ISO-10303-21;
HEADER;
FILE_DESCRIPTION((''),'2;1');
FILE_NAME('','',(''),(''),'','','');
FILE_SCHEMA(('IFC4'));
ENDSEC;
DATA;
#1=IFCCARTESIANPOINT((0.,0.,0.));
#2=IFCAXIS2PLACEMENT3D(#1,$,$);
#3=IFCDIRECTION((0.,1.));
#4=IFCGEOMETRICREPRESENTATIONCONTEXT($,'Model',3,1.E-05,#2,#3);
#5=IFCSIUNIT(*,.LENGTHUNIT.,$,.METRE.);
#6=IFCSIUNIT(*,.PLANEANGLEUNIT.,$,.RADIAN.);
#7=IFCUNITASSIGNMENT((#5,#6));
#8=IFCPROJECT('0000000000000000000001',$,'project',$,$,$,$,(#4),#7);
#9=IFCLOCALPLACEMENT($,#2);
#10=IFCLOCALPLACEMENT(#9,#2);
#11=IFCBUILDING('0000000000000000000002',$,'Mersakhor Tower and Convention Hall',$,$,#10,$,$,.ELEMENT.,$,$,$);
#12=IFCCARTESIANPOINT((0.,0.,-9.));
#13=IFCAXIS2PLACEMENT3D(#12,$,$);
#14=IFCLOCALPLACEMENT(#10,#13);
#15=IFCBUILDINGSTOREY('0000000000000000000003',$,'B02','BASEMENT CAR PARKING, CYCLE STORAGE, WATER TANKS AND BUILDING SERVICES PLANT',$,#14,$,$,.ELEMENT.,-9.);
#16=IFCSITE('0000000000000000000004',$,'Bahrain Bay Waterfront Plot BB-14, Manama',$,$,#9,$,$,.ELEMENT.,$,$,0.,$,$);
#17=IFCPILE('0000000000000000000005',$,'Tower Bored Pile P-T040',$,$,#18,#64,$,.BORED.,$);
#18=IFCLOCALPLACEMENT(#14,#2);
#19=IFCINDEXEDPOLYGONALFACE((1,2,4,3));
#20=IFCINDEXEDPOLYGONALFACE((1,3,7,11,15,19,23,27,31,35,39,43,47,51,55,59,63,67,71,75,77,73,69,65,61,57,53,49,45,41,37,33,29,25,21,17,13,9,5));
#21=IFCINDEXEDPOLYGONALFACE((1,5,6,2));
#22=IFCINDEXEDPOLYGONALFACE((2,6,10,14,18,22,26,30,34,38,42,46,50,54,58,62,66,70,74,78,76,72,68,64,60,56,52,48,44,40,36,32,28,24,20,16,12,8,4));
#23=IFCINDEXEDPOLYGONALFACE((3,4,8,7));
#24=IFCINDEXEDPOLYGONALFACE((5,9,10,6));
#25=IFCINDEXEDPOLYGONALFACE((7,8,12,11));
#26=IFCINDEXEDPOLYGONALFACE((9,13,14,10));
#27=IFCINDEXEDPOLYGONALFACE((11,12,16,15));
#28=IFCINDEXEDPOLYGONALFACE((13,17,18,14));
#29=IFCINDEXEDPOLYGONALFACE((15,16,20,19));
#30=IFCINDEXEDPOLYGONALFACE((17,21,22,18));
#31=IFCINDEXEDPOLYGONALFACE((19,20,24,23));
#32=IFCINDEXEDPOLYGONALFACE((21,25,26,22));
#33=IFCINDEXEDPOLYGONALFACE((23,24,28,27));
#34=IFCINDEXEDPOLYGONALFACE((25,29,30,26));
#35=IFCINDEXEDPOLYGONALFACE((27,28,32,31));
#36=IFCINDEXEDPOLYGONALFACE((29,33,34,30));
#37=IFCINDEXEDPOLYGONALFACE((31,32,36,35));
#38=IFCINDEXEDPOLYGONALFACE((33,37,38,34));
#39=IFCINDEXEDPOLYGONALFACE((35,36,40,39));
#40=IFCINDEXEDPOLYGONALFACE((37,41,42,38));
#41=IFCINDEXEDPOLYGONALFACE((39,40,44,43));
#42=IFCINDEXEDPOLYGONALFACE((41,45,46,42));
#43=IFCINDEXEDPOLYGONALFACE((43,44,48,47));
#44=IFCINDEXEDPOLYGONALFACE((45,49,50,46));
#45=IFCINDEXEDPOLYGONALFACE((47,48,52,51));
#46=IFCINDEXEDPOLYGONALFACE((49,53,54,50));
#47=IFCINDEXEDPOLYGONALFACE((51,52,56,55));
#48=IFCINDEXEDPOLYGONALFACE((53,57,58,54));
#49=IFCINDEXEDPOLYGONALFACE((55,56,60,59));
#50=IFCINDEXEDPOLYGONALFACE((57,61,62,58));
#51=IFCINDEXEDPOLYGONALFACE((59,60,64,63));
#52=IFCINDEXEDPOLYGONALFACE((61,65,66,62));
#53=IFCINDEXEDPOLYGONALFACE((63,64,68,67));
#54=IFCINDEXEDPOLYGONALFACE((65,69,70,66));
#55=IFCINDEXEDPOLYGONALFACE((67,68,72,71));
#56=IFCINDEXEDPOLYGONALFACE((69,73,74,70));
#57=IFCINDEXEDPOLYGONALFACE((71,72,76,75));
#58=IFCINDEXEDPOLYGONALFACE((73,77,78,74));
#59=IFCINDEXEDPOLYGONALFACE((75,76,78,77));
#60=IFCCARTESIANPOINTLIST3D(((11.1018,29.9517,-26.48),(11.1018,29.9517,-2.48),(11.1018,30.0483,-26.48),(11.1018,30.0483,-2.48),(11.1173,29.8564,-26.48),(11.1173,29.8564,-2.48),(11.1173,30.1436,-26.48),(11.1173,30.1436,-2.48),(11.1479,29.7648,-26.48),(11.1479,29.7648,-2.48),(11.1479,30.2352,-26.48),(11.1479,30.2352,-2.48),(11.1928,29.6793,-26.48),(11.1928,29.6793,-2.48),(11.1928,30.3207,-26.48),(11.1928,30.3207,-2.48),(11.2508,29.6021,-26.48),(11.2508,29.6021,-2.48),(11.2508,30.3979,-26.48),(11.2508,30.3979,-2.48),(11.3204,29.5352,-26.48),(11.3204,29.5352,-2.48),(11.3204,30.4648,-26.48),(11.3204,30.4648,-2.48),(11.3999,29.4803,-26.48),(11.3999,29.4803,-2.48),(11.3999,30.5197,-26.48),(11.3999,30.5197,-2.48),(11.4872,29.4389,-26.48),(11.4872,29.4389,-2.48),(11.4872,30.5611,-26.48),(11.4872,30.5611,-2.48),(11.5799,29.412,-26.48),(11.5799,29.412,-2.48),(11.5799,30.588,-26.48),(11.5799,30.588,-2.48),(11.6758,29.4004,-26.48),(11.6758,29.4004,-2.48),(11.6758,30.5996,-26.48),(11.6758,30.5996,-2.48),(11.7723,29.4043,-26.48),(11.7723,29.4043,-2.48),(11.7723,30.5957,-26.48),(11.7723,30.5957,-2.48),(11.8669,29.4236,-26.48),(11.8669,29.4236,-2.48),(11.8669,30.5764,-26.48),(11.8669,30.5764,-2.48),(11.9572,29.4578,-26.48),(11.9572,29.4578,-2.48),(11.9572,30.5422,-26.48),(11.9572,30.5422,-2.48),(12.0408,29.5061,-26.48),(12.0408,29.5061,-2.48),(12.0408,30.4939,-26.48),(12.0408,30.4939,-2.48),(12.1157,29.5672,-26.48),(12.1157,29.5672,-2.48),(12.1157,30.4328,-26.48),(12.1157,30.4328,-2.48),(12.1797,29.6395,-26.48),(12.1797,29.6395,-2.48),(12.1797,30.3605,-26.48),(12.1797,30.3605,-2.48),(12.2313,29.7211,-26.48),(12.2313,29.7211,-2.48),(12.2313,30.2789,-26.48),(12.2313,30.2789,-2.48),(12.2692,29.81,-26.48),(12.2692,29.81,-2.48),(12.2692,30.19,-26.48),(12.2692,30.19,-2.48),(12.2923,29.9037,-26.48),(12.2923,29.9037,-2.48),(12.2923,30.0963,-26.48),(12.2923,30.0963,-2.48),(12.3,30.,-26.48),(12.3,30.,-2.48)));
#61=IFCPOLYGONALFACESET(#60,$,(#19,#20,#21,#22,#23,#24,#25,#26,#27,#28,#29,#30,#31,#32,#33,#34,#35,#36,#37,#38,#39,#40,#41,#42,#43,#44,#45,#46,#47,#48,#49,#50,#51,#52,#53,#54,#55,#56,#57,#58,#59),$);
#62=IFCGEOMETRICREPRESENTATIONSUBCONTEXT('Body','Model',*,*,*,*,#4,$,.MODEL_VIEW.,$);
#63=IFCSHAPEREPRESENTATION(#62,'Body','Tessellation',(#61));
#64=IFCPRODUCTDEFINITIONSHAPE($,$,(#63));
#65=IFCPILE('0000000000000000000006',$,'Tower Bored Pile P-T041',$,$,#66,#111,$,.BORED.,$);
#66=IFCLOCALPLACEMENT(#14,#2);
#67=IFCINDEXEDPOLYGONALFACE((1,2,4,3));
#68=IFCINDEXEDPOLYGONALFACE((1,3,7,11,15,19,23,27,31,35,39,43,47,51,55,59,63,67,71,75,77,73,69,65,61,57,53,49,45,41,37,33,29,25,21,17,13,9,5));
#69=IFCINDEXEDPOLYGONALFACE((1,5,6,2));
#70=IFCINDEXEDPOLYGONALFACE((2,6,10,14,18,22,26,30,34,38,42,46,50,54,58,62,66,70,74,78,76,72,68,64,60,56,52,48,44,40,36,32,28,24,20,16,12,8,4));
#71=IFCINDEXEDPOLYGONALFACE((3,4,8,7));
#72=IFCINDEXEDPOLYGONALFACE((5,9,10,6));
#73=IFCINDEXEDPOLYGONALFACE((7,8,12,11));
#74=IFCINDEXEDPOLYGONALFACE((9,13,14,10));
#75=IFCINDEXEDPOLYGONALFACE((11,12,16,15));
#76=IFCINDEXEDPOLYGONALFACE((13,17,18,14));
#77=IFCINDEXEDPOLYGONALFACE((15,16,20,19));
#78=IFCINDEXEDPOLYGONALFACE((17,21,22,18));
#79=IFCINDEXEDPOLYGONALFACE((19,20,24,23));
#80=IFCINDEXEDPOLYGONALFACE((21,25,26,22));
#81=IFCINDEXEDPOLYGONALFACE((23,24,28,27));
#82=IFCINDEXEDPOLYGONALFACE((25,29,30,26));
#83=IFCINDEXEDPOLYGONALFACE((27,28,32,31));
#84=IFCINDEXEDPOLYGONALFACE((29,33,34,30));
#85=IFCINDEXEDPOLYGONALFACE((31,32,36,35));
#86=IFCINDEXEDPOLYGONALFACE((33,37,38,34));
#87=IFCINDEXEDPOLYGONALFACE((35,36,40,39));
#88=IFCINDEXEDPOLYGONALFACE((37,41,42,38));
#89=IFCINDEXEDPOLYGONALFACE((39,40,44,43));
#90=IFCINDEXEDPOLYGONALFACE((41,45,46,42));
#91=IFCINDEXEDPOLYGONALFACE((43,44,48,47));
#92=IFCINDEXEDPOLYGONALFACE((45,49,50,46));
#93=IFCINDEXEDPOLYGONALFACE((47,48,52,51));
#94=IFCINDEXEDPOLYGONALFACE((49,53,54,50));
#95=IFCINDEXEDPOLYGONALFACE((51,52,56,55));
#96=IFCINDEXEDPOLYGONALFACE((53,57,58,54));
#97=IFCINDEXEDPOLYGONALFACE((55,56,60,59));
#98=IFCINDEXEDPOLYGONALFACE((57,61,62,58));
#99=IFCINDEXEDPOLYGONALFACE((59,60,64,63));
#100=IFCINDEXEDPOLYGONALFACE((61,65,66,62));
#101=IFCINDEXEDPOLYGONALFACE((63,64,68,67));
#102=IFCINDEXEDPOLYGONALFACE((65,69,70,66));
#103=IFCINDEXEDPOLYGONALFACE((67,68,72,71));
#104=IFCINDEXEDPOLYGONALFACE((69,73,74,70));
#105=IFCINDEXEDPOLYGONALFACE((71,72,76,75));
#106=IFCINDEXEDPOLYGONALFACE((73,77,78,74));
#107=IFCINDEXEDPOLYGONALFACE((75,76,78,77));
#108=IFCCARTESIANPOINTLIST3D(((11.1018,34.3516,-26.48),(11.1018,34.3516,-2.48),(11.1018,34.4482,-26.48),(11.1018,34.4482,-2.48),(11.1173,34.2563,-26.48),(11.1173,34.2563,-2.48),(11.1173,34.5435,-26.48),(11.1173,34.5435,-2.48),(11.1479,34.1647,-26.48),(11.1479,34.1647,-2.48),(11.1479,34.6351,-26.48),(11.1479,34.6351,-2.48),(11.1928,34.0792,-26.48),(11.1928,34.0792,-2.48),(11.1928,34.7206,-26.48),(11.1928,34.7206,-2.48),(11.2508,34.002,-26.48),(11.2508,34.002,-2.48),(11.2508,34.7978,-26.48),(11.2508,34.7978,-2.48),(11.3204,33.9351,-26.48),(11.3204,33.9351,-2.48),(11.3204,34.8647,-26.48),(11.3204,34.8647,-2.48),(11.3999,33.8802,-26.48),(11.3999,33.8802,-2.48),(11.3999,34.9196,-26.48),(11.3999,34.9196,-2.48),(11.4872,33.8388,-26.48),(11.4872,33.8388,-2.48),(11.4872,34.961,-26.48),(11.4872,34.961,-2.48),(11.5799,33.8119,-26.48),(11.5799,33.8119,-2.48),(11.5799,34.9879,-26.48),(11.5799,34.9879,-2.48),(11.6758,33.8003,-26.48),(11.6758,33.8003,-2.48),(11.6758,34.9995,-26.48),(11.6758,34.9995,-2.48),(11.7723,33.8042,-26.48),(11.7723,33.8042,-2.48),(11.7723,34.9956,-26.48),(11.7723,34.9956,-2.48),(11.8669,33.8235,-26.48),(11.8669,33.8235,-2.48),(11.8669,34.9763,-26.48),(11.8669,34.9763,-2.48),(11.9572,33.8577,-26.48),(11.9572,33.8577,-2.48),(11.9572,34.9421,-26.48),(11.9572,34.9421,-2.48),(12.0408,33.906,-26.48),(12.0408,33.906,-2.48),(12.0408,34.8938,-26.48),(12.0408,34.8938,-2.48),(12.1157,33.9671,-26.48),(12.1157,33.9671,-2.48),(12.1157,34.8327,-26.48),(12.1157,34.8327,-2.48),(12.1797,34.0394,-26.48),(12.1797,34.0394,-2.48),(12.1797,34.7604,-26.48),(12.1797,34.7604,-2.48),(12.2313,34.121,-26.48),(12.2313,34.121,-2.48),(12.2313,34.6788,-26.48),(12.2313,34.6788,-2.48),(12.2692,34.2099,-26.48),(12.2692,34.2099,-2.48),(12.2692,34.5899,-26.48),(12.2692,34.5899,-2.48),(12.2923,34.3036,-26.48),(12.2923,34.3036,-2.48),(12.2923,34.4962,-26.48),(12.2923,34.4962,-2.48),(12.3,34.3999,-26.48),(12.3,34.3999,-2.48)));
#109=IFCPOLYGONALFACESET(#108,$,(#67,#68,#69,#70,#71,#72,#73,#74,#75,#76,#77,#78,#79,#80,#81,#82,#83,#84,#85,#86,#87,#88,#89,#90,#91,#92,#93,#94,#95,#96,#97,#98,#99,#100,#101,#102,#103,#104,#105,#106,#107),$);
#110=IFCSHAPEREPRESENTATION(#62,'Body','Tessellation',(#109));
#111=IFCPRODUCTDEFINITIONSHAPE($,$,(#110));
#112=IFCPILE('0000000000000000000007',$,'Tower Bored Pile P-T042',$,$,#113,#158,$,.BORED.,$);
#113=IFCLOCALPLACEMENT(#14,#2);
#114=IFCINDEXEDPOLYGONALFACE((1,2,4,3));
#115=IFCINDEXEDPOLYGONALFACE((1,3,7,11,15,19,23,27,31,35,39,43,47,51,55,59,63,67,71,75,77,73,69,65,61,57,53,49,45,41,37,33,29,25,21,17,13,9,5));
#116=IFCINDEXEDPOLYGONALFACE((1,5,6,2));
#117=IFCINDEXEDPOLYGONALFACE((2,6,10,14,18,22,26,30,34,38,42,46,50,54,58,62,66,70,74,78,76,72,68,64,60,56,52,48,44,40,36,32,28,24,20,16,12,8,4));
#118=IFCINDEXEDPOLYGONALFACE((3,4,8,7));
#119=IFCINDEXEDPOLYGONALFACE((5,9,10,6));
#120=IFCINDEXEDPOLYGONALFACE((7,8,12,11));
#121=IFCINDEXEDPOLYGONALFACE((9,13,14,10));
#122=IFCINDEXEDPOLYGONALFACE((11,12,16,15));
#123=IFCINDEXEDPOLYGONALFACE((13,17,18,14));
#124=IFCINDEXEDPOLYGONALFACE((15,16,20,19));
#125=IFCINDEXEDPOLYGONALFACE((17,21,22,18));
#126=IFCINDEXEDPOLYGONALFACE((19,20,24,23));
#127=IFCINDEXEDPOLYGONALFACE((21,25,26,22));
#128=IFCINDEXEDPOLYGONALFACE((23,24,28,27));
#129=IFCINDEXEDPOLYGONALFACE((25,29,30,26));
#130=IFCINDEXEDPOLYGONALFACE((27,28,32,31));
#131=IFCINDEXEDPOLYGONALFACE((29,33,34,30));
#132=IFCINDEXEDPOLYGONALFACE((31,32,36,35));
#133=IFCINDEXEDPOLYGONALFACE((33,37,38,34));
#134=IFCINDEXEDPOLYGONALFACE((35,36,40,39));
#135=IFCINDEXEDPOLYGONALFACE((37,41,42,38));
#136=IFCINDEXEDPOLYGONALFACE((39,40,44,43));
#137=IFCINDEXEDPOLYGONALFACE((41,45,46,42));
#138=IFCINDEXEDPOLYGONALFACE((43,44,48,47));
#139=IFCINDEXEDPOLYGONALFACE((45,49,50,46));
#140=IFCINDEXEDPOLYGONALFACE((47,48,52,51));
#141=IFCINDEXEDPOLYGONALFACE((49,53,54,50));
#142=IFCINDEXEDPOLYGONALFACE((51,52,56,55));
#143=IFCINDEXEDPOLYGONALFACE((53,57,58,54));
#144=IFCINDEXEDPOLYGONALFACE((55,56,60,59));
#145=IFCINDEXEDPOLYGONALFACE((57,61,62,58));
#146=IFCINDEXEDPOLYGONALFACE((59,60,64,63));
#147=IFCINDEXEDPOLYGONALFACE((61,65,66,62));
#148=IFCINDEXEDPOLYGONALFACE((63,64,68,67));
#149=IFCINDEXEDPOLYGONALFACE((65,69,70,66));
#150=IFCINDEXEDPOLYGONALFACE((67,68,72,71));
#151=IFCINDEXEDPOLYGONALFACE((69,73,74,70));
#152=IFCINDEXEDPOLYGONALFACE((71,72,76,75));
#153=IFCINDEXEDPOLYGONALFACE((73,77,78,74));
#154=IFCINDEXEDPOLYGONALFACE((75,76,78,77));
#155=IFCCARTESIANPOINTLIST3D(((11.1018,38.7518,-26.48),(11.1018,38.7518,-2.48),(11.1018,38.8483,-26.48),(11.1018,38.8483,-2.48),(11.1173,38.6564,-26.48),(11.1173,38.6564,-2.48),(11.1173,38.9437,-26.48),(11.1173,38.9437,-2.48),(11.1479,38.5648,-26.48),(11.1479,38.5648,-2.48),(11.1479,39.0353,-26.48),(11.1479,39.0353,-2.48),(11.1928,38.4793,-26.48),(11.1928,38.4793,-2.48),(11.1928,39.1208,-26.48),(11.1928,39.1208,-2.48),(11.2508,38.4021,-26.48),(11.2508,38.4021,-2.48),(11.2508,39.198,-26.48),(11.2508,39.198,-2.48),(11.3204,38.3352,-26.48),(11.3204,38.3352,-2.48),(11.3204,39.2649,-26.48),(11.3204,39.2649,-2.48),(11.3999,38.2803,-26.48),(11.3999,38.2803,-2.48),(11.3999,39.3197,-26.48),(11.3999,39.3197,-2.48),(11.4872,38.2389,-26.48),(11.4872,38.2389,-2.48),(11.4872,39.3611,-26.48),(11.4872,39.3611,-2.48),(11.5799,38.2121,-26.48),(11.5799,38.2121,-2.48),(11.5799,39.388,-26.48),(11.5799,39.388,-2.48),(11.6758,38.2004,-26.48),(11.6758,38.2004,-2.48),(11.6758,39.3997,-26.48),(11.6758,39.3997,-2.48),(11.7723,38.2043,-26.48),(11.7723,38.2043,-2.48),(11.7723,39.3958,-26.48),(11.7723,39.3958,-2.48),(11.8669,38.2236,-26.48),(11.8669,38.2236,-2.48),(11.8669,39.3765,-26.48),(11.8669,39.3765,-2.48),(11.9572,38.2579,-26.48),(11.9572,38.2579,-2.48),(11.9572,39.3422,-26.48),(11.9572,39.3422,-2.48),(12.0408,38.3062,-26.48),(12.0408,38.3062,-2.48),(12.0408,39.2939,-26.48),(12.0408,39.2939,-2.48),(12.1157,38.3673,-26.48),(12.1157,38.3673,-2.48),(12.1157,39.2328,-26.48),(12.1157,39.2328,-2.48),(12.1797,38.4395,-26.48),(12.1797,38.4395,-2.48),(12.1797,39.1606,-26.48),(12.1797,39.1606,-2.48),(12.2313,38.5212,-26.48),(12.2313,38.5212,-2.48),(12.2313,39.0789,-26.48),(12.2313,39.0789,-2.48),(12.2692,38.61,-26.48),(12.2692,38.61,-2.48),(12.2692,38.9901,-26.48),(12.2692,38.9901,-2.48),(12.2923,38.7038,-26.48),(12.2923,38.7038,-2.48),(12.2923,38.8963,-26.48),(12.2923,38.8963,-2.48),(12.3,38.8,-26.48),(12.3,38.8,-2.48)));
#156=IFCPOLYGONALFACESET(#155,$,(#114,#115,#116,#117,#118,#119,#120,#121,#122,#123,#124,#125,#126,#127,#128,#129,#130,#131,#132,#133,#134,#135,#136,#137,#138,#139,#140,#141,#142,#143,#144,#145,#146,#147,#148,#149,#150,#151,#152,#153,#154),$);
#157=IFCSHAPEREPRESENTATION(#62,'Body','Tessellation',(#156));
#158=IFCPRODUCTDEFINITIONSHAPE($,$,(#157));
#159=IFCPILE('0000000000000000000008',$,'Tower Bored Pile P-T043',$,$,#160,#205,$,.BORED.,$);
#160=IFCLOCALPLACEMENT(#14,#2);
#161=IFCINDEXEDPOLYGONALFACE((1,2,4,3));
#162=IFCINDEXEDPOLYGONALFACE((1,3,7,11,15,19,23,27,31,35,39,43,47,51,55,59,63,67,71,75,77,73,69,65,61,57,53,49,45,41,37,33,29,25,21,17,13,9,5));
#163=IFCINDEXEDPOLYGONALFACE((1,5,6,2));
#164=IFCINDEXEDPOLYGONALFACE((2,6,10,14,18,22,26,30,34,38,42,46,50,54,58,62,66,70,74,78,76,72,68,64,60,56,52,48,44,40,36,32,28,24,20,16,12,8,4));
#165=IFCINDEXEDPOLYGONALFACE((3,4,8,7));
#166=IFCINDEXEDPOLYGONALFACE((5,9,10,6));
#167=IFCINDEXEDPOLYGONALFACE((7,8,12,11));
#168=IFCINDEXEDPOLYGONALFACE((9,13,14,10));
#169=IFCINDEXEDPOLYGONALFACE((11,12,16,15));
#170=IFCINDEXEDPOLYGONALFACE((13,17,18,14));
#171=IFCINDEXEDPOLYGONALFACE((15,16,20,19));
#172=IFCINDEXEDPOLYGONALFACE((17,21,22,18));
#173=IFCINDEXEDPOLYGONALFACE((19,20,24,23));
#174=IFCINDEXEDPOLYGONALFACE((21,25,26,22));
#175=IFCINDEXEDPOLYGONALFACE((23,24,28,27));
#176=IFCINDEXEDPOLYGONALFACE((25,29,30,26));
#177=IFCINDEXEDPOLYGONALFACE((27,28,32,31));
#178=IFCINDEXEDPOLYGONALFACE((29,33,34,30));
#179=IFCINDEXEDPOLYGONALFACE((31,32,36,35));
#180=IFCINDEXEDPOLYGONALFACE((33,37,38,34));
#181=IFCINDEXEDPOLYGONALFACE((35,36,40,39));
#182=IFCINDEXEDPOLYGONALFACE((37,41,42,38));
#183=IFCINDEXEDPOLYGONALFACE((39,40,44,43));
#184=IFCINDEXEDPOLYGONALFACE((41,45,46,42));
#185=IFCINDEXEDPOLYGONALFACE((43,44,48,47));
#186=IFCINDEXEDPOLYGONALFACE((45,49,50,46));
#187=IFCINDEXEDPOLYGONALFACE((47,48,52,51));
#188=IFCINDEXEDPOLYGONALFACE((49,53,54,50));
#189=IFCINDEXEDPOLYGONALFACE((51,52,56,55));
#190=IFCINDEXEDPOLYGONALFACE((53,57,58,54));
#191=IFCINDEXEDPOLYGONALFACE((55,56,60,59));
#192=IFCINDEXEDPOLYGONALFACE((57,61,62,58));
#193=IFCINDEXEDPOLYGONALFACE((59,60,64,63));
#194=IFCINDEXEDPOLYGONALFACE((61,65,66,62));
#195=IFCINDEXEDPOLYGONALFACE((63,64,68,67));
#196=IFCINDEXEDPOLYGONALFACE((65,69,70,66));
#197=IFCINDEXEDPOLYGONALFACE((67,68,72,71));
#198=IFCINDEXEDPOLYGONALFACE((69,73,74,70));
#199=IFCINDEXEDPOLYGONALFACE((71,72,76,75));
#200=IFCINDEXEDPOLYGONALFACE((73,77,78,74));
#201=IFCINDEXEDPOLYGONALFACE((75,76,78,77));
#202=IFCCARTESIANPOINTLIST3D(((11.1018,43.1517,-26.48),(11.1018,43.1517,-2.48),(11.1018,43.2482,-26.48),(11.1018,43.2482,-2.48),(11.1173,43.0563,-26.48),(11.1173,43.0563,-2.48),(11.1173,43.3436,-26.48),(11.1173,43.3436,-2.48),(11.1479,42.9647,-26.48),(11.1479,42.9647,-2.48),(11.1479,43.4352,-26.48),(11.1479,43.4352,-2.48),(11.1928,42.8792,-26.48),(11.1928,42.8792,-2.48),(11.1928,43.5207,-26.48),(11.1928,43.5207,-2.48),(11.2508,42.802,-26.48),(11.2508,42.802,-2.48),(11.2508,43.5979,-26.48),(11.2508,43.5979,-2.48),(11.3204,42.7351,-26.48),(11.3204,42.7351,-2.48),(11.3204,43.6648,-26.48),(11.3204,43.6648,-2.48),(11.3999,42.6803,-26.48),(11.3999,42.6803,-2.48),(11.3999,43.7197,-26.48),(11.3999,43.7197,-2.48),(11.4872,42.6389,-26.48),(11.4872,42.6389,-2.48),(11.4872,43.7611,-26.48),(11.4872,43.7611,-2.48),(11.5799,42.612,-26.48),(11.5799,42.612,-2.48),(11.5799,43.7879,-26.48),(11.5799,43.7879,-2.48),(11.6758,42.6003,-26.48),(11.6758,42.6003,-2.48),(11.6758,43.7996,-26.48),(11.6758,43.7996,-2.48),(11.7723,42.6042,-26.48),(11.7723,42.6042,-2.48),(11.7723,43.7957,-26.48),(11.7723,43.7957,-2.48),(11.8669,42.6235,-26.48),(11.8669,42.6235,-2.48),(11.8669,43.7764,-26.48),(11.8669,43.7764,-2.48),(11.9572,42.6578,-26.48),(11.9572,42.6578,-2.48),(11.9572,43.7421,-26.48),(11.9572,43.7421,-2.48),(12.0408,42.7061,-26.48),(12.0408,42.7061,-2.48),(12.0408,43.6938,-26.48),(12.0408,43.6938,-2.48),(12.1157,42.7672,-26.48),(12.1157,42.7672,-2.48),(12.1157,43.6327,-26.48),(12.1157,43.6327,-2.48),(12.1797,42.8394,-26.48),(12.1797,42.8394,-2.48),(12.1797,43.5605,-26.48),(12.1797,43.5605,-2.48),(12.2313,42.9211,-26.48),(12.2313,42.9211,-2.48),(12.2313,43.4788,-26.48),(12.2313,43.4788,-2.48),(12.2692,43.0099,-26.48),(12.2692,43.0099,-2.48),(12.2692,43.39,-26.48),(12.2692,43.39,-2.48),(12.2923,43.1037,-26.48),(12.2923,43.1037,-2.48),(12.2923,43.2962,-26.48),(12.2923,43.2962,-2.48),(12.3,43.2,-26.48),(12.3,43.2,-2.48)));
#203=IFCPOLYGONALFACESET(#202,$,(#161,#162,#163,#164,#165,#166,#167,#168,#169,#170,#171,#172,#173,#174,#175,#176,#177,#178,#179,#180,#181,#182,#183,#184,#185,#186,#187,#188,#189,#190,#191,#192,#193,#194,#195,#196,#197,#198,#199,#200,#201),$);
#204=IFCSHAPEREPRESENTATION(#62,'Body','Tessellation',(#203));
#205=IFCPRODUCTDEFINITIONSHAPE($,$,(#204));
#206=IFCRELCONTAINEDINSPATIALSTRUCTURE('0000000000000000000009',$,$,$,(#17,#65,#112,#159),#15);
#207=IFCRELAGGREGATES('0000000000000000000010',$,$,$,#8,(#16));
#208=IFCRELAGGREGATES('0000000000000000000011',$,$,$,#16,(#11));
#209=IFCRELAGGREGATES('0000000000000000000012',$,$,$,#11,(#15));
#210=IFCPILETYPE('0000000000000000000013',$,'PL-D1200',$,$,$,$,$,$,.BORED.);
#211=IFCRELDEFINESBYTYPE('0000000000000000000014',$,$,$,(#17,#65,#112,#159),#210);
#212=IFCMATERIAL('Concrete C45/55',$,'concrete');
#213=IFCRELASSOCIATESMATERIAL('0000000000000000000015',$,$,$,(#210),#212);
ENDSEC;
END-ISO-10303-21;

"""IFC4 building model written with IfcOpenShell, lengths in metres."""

from ifc_helpers import new_model, si_unit, direction, frame, origin, origin_2d, place, context, subcontext, project, spatial, circle, extrude, material, material_profile, profile_set, type_object, element, save


model = new_model("IFC4")

# Units and contexts
model_context = context("Model", 3, precision=1e-05, world=origin(), true_north=direction((0.0, 1.0)))
body_context = subcontext(model_context, "Body", "Model", "MODEL_VIEW")
ifc_project = project(units=[si_unit("LENGTHUNIT", "METRE"), si_unit("PLANEANGLEUNIT", "RADIAN")], contexts=[model_context])

# Site, building, storey
site_placement = place(None, origin())
site = spatial("IfcSite", under=ifc_project, at=site_placement, Name="Bahrain Bay Waterfront Plot BB-14, Manama", CompositionType="ELEMENT", RefElevation=0.0)
building_placement = place(site_placement, origin())
building = spatial("IfcBuilding", under=site, at=building_placement, Name="Mersakhor Tower and Convention Hall", CompositionType="ELEMENT")
storey_placement = place(building_placement, frame((0.0, 0.0, -9.0)))
storey = spatial("IfcBuildingStorey", under=building, at=storey_placement, Name="B02", Description="BASEMENT CAR PARKING, CYCLE STORAGE, WATER TANKS AND BUILDING SERVICES PLANT", CompositionType="ELEMENT", Elevation=-9.0)

# Piles
ifc_material_1 = material(Name="Concrete C45/55", Category="concrete")
ifc_material_profile_1 = material_profile(ifc_material_1, circle(Radius=0.6001, at=origin_2d()), Name="PILE D1200")
ifc_profile_set_1 = profile_set([ifc_material_profile_1], Name="Concrete C45/55")
pile_type = type_object("IfcPileType", Name="PL-D1200", PredefinedType="BORED", material=ifc_profile_set_1)
for number, where, z_axis, x_axis, name in (
    (1, (11.7, 30.0, -2.48), (0.0, 0.0, -1.0), (1.0, 0.0, 0.0), "Tower Bored Pile P-T040"),
    (2, (11.7, 34.3999, -2.48), (0.0, 0.0, -1.0), (1.0, 0.0, 0.0), "Tower Bored Pile P-T041"),
    (3, (11.7, 38.8, -2.48), (0.0, 0.0, -1.0), (1.0, 0.0, 0.0), "Tower Bored Pile P-T042"),
    (4, (11.7, 43.2, -2.48), (0.0, 0.0, -1.0), (1.0, 0.0, 0.0), "Tower Bored Pile P-T043"),
):
    element("IfcPile", number, at=place(storey_placement, frame(where, z_axis=z_axis, x_axis=x_axis)), inside=storey, type_object=pile_type, Name=name, PredefinedType="BORED", context=body_context, shape_type="SweptSolid", body=[
        extrude(circle(Radius=0.6001, at=origin_2d()), origin(), (0.0, 0.0, 1.0), 24.0),
    ])

save(model, "model.ifc")
